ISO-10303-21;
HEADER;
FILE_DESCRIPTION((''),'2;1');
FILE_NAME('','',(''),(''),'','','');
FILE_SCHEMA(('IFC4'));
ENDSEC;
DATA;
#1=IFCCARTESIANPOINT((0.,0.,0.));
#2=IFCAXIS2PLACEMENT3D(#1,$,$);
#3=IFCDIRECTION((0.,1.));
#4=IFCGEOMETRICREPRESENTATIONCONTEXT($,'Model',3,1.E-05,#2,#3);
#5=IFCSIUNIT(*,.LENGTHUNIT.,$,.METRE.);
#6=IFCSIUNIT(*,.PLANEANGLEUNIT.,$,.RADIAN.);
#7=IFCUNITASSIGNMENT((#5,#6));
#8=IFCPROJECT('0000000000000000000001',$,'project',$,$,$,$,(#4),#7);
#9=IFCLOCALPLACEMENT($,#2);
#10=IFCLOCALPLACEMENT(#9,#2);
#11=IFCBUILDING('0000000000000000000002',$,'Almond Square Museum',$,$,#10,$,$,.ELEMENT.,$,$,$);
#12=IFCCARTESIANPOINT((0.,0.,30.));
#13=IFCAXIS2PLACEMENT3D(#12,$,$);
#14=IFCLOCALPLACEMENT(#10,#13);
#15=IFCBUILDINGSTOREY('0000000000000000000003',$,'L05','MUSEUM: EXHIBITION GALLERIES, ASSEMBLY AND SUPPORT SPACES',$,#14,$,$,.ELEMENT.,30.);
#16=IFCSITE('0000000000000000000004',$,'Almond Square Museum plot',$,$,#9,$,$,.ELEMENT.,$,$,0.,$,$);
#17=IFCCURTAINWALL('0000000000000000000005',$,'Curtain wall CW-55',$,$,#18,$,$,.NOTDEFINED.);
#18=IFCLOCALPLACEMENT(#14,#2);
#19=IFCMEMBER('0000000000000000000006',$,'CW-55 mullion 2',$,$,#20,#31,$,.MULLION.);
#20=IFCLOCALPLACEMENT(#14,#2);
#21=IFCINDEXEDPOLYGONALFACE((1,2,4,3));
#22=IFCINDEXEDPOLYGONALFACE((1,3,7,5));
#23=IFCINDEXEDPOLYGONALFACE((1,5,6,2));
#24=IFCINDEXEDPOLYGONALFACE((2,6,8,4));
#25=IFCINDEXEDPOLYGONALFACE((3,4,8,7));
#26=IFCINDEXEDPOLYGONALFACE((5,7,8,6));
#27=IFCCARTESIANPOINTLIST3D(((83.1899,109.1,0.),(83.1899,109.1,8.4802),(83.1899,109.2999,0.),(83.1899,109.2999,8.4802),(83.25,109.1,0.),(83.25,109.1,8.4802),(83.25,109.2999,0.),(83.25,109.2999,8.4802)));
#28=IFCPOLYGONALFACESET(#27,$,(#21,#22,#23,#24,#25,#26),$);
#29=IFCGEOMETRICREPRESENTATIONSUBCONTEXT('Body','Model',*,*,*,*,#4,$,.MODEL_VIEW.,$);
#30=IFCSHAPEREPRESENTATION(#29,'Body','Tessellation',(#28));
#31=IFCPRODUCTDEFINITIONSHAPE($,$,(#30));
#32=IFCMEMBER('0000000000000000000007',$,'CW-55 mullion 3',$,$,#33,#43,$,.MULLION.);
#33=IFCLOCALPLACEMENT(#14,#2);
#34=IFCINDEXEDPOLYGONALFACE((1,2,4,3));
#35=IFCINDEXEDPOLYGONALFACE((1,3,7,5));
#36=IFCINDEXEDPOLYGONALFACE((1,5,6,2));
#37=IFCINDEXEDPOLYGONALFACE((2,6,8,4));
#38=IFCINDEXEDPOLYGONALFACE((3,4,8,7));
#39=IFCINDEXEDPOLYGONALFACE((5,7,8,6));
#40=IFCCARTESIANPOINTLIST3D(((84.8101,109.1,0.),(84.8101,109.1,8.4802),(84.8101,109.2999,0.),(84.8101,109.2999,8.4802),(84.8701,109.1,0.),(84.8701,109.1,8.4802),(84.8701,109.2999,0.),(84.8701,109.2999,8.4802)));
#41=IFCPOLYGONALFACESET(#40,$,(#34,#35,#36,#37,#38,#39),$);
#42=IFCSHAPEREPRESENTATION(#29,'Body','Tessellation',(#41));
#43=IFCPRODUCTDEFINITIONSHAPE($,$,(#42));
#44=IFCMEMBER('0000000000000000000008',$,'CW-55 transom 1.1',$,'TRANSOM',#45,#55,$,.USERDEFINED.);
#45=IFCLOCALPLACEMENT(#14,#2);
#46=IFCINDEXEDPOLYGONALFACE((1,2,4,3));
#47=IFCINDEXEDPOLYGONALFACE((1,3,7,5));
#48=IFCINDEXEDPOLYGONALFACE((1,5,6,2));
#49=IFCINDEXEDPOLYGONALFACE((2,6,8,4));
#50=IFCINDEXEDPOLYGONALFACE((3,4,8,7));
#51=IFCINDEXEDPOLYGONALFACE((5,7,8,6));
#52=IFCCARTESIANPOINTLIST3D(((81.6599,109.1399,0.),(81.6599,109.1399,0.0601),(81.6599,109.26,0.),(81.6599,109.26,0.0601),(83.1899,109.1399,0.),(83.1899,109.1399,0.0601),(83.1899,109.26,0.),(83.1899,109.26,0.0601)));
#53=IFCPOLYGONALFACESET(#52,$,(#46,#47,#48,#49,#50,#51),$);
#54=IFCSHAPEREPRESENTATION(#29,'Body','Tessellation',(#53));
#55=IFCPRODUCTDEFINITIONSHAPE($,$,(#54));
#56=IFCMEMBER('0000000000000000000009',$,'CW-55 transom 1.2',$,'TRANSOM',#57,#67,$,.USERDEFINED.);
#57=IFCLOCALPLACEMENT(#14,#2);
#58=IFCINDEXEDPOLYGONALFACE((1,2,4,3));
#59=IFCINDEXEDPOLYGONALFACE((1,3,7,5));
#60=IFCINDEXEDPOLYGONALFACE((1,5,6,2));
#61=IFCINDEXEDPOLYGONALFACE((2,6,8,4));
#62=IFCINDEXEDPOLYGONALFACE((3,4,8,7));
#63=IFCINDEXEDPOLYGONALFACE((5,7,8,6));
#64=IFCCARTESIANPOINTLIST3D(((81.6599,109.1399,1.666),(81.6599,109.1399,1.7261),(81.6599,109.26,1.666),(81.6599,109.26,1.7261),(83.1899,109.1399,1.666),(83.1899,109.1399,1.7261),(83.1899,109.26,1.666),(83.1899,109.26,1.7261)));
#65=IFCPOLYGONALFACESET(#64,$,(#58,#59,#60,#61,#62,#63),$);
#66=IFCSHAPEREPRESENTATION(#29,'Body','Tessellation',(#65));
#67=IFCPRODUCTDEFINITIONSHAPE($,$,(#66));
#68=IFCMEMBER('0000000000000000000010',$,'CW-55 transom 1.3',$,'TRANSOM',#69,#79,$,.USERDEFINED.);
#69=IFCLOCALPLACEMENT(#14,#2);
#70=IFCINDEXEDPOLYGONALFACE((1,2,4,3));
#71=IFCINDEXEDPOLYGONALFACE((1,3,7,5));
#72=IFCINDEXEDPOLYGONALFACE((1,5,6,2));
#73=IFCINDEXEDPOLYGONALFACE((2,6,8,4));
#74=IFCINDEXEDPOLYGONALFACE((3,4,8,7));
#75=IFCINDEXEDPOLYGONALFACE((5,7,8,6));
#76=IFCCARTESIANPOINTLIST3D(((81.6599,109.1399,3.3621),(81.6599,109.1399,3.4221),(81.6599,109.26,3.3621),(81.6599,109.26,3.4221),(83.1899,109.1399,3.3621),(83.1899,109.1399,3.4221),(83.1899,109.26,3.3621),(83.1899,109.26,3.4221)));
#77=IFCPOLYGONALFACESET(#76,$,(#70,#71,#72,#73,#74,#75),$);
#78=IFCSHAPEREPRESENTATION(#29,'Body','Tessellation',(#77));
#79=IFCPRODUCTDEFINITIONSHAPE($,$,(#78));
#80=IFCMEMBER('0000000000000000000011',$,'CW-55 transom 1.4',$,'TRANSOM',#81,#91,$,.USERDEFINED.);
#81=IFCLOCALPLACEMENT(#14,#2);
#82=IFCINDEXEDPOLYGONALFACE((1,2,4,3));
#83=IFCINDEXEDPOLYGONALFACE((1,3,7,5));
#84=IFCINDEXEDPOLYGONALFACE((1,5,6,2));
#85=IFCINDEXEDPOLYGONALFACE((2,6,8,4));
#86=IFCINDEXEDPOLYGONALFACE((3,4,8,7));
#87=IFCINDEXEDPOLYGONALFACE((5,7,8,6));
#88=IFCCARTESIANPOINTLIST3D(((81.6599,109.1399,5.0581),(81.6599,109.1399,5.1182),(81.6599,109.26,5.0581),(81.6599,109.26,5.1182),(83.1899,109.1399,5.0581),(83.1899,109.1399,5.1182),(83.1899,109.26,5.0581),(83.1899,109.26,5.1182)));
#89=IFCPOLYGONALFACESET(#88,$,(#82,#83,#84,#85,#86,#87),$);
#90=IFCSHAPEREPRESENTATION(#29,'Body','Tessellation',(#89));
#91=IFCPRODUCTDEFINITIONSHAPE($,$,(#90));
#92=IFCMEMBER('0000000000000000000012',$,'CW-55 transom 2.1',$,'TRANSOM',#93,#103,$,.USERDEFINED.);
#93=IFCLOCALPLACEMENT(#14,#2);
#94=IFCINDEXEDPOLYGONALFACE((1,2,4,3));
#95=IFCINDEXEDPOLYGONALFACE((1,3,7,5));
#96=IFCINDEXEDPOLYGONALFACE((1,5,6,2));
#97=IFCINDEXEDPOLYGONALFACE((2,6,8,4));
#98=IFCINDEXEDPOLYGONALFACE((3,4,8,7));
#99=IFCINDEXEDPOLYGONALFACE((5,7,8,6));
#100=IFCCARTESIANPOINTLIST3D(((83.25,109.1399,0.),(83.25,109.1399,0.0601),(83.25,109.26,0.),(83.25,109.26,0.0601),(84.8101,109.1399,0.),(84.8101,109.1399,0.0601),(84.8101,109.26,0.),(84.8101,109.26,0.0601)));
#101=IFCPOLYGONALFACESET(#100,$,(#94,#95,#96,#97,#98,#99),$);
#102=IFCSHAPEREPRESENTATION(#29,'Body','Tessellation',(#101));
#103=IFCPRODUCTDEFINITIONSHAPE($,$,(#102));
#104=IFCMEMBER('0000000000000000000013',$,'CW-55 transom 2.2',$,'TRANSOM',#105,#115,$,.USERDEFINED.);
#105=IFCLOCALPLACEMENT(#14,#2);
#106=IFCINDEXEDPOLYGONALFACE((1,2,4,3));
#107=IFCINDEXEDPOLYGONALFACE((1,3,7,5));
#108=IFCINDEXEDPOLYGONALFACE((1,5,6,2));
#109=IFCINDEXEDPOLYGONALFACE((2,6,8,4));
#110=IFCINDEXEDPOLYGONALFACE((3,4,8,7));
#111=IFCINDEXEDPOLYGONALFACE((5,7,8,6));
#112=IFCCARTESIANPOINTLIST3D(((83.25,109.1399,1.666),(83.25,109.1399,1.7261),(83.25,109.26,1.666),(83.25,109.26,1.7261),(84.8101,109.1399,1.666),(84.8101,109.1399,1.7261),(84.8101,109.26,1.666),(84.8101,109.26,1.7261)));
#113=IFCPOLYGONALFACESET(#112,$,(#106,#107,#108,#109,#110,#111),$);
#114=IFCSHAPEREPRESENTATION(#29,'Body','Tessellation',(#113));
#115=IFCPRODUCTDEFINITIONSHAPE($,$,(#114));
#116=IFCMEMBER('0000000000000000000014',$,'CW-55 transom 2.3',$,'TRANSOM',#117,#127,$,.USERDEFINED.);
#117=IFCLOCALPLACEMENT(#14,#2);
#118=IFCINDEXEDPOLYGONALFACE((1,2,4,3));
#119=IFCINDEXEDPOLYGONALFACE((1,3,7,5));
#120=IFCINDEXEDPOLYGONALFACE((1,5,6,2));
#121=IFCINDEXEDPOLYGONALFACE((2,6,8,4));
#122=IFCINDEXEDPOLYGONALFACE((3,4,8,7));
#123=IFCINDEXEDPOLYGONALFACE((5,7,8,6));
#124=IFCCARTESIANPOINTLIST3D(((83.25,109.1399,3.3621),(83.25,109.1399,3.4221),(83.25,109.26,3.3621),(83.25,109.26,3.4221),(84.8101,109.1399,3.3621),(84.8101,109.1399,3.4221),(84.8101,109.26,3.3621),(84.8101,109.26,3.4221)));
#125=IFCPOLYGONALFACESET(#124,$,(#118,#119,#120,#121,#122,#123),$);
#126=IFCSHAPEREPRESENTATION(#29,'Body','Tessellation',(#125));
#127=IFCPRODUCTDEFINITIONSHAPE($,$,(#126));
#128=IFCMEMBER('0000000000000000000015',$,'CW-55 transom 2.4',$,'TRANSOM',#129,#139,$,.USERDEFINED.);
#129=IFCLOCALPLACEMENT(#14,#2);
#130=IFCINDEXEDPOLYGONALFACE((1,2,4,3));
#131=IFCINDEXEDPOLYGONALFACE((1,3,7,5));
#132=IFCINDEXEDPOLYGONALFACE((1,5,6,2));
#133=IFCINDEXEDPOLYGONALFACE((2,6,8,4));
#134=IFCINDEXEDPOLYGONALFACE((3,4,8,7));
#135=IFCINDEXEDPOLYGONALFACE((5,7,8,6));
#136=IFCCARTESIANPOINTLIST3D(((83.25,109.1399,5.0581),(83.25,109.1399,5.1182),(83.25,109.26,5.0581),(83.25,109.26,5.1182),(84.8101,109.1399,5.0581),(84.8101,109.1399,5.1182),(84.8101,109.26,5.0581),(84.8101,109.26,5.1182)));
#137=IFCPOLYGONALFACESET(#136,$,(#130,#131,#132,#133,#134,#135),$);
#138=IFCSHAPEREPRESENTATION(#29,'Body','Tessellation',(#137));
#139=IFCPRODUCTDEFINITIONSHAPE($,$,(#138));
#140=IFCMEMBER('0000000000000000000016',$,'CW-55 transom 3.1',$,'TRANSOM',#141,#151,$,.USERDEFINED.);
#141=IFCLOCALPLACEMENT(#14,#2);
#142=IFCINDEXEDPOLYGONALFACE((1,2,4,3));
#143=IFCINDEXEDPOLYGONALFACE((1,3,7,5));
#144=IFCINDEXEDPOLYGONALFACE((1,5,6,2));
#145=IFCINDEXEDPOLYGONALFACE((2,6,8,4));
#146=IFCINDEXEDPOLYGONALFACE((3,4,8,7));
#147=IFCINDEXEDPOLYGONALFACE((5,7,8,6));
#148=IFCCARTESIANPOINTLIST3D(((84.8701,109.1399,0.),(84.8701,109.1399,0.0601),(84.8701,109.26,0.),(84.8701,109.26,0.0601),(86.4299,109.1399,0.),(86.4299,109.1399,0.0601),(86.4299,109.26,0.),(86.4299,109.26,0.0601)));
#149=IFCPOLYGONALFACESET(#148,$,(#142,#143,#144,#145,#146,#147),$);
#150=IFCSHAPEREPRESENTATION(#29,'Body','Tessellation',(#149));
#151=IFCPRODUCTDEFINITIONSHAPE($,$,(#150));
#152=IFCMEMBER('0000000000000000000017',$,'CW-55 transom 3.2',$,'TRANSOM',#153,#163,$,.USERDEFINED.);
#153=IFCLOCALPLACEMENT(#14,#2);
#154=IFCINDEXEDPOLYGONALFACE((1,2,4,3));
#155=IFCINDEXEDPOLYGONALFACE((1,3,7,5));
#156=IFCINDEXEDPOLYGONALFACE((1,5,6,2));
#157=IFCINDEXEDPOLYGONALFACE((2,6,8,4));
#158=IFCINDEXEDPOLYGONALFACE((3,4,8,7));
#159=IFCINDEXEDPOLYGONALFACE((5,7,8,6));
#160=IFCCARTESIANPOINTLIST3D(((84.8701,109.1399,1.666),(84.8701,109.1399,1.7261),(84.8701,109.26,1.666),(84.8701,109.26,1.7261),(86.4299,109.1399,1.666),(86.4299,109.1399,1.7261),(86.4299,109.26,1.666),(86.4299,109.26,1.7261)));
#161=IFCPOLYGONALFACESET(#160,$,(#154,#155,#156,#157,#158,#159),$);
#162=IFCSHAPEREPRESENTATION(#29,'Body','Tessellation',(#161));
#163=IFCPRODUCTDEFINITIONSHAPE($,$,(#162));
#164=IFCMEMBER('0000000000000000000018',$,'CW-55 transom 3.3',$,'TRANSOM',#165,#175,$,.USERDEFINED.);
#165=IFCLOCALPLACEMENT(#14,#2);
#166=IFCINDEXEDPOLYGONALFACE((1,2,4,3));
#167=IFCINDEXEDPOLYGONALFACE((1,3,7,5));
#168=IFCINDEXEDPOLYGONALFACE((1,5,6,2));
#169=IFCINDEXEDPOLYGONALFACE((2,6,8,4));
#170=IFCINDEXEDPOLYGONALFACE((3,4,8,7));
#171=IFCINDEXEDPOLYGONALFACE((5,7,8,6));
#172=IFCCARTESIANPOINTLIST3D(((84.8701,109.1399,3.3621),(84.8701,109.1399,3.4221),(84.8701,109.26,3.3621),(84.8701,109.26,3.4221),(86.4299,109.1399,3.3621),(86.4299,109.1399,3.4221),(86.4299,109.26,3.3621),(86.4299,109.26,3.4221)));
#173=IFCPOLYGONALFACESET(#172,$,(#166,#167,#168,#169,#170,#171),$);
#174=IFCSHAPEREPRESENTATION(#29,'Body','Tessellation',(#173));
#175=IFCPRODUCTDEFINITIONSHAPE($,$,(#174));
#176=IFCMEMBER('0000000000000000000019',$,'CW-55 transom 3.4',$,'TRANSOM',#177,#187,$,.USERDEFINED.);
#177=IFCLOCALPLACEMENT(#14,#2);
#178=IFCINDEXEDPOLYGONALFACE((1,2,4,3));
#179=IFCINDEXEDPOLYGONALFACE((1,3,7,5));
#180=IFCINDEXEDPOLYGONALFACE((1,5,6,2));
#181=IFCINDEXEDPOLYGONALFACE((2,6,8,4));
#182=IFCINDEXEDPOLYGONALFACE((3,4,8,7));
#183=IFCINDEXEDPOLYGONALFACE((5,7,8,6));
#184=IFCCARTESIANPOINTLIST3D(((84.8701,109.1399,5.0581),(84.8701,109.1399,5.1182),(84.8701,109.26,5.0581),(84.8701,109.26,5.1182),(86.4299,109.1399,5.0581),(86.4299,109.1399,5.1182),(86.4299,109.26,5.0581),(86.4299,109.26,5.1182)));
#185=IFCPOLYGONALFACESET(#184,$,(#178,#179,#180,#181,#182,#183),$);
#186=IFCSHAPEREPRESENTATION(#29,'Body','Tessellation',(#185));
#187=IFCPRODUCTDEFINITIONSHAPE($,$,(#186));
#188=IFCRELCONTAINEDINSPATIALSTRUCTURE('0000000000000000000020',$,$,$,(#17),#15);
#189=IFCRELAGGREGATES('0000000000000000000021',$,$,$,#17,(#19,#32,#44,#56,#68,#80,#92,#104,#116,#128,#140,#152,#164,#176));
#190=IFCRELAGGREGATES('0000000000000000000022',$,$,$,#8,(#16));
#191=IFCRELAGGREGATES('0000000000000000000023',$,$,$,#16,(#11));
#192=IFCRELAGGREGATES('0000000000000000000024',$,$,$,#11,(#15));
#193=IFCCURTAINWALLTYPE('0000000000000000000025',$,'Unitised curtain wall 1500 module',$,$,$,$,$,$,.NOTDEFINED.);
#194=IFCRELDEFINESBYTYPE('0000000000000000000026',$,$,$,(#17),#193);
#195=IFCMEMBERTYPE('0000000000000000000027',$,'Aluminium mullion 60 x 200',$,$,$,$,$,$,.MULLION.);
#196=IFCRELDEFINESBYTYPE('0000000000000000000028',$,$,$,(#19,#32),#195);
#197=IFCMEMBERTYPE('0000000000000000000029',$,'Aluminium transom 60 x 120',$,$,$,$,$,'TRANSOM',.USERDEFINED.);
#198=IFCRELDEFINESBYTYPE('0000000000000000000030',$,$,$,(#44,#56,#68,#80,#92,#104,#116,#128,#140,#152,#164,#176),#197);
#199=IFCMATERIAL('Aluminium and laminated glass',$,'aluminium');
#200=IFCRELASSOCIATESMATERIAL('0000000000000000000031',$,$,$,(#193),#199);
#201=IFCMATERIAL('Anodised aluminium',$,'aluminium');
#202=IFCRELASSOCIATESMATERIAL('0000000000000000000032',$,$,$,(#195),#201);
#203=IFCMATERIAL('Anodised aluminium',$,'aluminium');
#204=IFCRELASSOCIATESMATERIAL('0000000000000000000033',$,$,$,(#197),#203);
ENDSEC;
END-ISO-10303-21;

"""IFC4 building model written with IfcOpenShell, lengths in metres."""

from ifc_helpers import new_model, si_unit, direction, frame, origin, origin_2d, place, context, subcontext, project, spatial, rectangle, extrude, material, material_profile, profile_set, type_object, element, aggregate, save


model = new_model("IFC4")

# Units and contexts
model_context = context("Model", 3, precision=1e-05, world=origin(), true_north=direction((0.0, 1.0)))
body_context = subcontext(model_context, "Body", "Model", "MODEL_VIEW")
ifc_project = project(units=[si_unit("LENGTHUNIT", "METRE"), si_unit("PLANEANGLEUNIT", "RADIAN")], contexts=[model_context])

# Site, building, storey
site_placement = place(None, origin())
site = spatial("IfcSite", under=ifc_project, at=site_placement, Name="Almond Square Museum plot", CompositionType="ELEMENT", RefElevation=0.0)
building_placement = place(site_placement, origin())
building = spatial("IfcBuilding", under=site, at=building_placement, Name="Almond Square Museum", CompositionType="ELEMENT")
storey_placement = place(building_placement, frame((0.0, 0.0, 30.0)))
storey = spatial("IfcBuildingStorey", under=building, at=storey_placement, Name="L05", Description="MUSEUM: EXHIBITION GALLERIES, ASSEMBLY AND SUPPORT SPACES", CompositionType="ELEMENT", Elevation=30.0)

# Curtain wall, members
ifc_material_1 = material(Name="Aluminium and laminated glass", Category="aluminium")
curtain_wall_type = type_object("IfcCurtainWallType", Name="Unitised curtain wall 1500 module", PredefinedType="NOTDEFINED", material=ifc_material_1)
curtain_wall_placement = place(storey_placement, origin())
curtain_wall = element("IfcCurtainWall", 1, at=curtain_wall_placement, inside=storey, type_object=curtain_wall_type, Name="Curtain wall CW-55", PredefinedType="NOTDEFINED")
ifc_material_2 = material(Name="Anodised aluminium", Category="aluminium")
ifc_material_profile_1 = material_profile(ifc_material_2, rectangle(XDim=0.2, YDim=0.0601, at=origin_2d()))
ifc_profile_set_1 = profile_set([ifc_material_profile_1], Name="Anodised aluminium")
member_type_1 = type_object("IfcMemberType", Name="Aluminium mullion 60 x 200", PredefinedType="MULLION", material=ifc_profile_set_1)
member_1_placement = place(storey_placement, frame((83.22, 109.2, 0.0), z_axis=(0.0, 0.0, 1.0), x_axis=(0.0, 1.0, 0.0)))
member_1 = element("IfcMember", 2, at=member_1_placement, type_object=member_type_1, Name="CW-55 mullion 2", PredefinedType="MULLION", context=body_context, shape_type="SweptSolid", body=[
    extrude(rectangle(XDim=0.2, YDim=0.0601, at=origin_2d()), origin(), (0.0, 0.0, 1.0), 8.4802),
])
member_2_placement = place(storey_placement, frame((84.8401, 109.2, 0.0), z_axis=(0.0, 0.0, 1.0), x_axis=(0.0, 1.0, 0.0)))
member_2 = element("IfcMember", 3, at=member_2_placement, type_object=member_type_1, Name="CW-55 mullion 3", PredefinedType="MULLION", context=body_context, shape_type="SweptSolid", body=[
    extrude(rectangle(XDim=0.2, YDim=0.0601, at=origin_2d()), origin(), (0.0, 0.0, 1.0), 8.4802),
])
ifc_material_3 = material(Name="Anodised aluminium", Category="aluminium")
ifc_material_profile_2 = material_profile(ifc_material_3, rectangle(XDim=0.1201, YDim=0.0601, at=origin_2d()))
ifc_profile_set_2 = profile_set([ifc_material_profile_2], Name="Anodised aluminium")
member_type_2 = type_object("IfcMemberType", Name="Aluminium transom 60 x 120", ElementType="TRANSOM", PredefinedType="USERDEFINED", material=ifc_profile_set_2)
member_3_placement = place(storey_placement, frame((81.6599, 109.2, 0.03), z_axis=(1.0, 0.0, 0.0), x_axis=(0.0, 1.0, 0.0)))
member_3 = element("IfcMember", 4, at=member_3_placement, type_object=member_type_2, Name="CW-55 transom 1.1", ObjectType="TRANSOM", PredefinedType="USERDEFINED", context=body_context, shape_type="SweptSolid", body=[
    extrude(rectangle(XDim=0.1201, YDim=0.0601, at=origin_2d()), origin(), (0.0, 0.0, 1.0), 1.53),
])
member_4_placement = place(storey_placement, frame((81.6599, 109.2, 1.696), z_axis=(1.0, 0.0, 0.0), x_axis=(0.0, 1.0, 0.0)))
member_4 = element("IfcMember", 5, at=member_4_placement, type_object=member_type_2, Name="CW-55 transom 1.2", ObjectType="TRANSOM", PredefinedType="USERDEFINED", context=body_context, shape_type="SweptSolid", body=[
    extrude(rectangle(XDim=0.1201, YDim=0.0601, at=origin_2d()), origin(), (0.0, 0.0, 1.0), 1.53),
])
member_5_placement = place(storey_placement, frame((81.6599, 109.2, 3.3921), z_axis=(1.0, 0.0, 0.0), x_axis=(0.0, 1.0, 0.0)))
member_5 = element("IfcMember", 6, at=member_5_placement, type_object=member_type_2, Name="CW-55 transom 1.3", ObjectType="TRANSOM", PredefinedType="USERDEFINED", context=body_context, shape_type="SweptSolid", body=[
    extrude(rectangle(XDim=0.1201, YDim=0.0601, at=origin_2d()), origin(), (0.0, 0.0, 1.0), 1.53),
])
member_6_placement = place(storey_placement, frame((81.6599, 109.2, 5.0881), z_axis=(1.0, 0.0, 0.0), x_axis=(0.0, 1.0, 0.0)))
member_6 = element("IfcMember", 7, at=member_6_placement, type_object=member_type_2, Name="CW-55 transom 1.4", ObjectType="TRANSOM", PredefinedType="USERDEFINED", context=body_context, shape_type="SweptSolid", body=[
    extrude(rectangle(XDim=0.1201, YDim=0.0601, at=origin_2d()), origin(), (0.0, 0.0, 1.0), 1.53),
])
member_7_placement = place(storey_placement, frame((83.25, 109.2, 0.03), z_axis=(1.0, 0.0, 0.0), x_axis=(0.0, 1.0, 0.0)))
member_7 = element("IfcMember", 8, at=member_7_placement, type_object=member_type_2, Name="CW-55 transom 2.1", ObjectType="TRANSOM", PredefinedType="USERDEFINED", context=body_context, shape_type="SweptSolid", body=[
    extrude(rectangle(XDim=0.1201, YDim=0.0601, at=origin_2d()), origin(), (0.0, 0.0, 1.0), 1.5601),
])
member_8_placement = place(storey_placement, frame((83.25, 109.2, 1.696), z_axis=(1.0, 0.0, 0.0), x_axis=(0.0, 1.0, 0.0)))
member_8 = element("IfcMember", 9, at=member_8_placement, type_object=member_type_2, Name="CW-55 transom 2.2", ObjectType="TRANSOM", PredefinedType="USERDEFINED", context=body_context, shape_type="SweptSolid", body=[
    extrude(rectangle(XDim=0.1201, YDim=0.0601, at=origin_2d()), origin(), (0.0, 0.0, 1.0), 1.5601),
])
member_9_placement = place(storey_placement, frame((83.25, 109.2, 3.3921), z_axis=(1.0, 0.0, 0.0), x_axis=(0.0, 1.0, 0.0)))
member_9 = element("IfcMember", 10, at=member_9_placement, type_object=member_type_2, Name="CW-55 transom 2.3", ObjectType="TRANSOM", PredefinedType="USERDEFINED", context=body_context, shape_type="SweptSolid", body=[
    extrude(rectangle(XDim=0.1201, YDim=0.0601, at=origin_2d()), origin(), (0.0, 0.0, 1.0), 1.5601),
])
member_10_placement = place(storey_placement, frame((83.25, 109.2, 5.0881), z_axis=(1.0, 0.0, 0.0), x_axis=(0.0, 1.0, 0.0)))
member_10 = element("IfcMember", 11, at=member_10_placement, type_object=member_type_2, Name="CW-55 transom 2.4", ObjectType="TRANSOM", PredefinedType="USERDEFINED", context=body_context, shape_type="SweptSolid", body=[
    extrude(rectangle(XDim=0.1201, YDim=0.0601, at=origin_2d()), origin(), (0.0, 0.0, 1.0), 1.5601),
])
member_11_placement = place(storey_placement, frame((84.8701, 109.2, 0.03), z_axis=(1.0, 0.0, 0.0), x_axis=(0.0, 1.0, 0.0)))
member_11 = element("IfcMember", 12, at=member_11_placement, type_object=member_type_2, Name="CW-55 transom 3.1", ObjectType="TRANSOM", PredefinedType="USERDEFINED", context=body_context, shape_type="SweptSolid", body=[
    extrude(rectangle(XDim=0.1201, YDim=0.0601, at=origin_2d()), origin(), (0.0, 0.0, 1.0), 1.5598),
])
member_12_placement = place(storey_placement, frame((84.8701, 109.2, 1.696), z_axis=(1.0, 0.0, 0.0), x_axis=(0.0, 1.0, 0.0)))
member_12 = element("IfcMember", 13, at=member_12_placement, type_object=member_type_2, Name="CW-55 transom 3.2", ObjectType="TRANSOM", PredefinedType="USERDEFINED", context=body_context, shape_type="SweptSolid", body=[
    extrude(rectangle(XDim=0.1201, YDim=0.0601, at=origin_2d()), origin(), (0.0, 0.0, 1.0), 1.5598),
])
member_13_placement = place(storey_placement, frame((84.8701, 109.2, 3.3921), z_axis=(1.0, 0.0, 0.0), x_axis=(0.0, 1.0, 0.0)))
member_13 = element("IfcMember", 14, at=member_13_placement, type_object=member_type_2, Name="CW-55 transom 3.3", ObjectType="TRANSOM", PredefinedType="USERDEFINED", context=body_context, shape_type="SweptSolid", body=[
    extrude(rectangle(XDim=0.1201, YDim=0.0601, at=origin_2d()), origin(), (0.0, 0.0, 1.0), 1.5598),
])
member_14_placement = place(storey_placement, frame((84.8701, 109.2, 5.0881), z_axis=(1.0, 0.0, 0.0), x_axis=(0.0, 1.0, 0.0)))
member_14 = element("IfcMember", 15, at=member_14_placement, type_object=member_type_2, Name="CW-55 transom 3.4", ObjectType="TRANSOM", PredefinedType="USERDEFINED", context=body_context, shape_type="SweptSolid", body=[
    extrude(rectangle(XDim=0.1201, YDim=0.0601, at=origin_2d()), origin(), (0.0, 0.0, 1.0), 1.5598),
])
aggregate(curtain_wall, [member_1, member_2, member_3, member_4, member_5, member_6, member_7, member_8, member_9, member_10, member_11, member_12, member_13, member_14])

save(model, "model.ifc")
